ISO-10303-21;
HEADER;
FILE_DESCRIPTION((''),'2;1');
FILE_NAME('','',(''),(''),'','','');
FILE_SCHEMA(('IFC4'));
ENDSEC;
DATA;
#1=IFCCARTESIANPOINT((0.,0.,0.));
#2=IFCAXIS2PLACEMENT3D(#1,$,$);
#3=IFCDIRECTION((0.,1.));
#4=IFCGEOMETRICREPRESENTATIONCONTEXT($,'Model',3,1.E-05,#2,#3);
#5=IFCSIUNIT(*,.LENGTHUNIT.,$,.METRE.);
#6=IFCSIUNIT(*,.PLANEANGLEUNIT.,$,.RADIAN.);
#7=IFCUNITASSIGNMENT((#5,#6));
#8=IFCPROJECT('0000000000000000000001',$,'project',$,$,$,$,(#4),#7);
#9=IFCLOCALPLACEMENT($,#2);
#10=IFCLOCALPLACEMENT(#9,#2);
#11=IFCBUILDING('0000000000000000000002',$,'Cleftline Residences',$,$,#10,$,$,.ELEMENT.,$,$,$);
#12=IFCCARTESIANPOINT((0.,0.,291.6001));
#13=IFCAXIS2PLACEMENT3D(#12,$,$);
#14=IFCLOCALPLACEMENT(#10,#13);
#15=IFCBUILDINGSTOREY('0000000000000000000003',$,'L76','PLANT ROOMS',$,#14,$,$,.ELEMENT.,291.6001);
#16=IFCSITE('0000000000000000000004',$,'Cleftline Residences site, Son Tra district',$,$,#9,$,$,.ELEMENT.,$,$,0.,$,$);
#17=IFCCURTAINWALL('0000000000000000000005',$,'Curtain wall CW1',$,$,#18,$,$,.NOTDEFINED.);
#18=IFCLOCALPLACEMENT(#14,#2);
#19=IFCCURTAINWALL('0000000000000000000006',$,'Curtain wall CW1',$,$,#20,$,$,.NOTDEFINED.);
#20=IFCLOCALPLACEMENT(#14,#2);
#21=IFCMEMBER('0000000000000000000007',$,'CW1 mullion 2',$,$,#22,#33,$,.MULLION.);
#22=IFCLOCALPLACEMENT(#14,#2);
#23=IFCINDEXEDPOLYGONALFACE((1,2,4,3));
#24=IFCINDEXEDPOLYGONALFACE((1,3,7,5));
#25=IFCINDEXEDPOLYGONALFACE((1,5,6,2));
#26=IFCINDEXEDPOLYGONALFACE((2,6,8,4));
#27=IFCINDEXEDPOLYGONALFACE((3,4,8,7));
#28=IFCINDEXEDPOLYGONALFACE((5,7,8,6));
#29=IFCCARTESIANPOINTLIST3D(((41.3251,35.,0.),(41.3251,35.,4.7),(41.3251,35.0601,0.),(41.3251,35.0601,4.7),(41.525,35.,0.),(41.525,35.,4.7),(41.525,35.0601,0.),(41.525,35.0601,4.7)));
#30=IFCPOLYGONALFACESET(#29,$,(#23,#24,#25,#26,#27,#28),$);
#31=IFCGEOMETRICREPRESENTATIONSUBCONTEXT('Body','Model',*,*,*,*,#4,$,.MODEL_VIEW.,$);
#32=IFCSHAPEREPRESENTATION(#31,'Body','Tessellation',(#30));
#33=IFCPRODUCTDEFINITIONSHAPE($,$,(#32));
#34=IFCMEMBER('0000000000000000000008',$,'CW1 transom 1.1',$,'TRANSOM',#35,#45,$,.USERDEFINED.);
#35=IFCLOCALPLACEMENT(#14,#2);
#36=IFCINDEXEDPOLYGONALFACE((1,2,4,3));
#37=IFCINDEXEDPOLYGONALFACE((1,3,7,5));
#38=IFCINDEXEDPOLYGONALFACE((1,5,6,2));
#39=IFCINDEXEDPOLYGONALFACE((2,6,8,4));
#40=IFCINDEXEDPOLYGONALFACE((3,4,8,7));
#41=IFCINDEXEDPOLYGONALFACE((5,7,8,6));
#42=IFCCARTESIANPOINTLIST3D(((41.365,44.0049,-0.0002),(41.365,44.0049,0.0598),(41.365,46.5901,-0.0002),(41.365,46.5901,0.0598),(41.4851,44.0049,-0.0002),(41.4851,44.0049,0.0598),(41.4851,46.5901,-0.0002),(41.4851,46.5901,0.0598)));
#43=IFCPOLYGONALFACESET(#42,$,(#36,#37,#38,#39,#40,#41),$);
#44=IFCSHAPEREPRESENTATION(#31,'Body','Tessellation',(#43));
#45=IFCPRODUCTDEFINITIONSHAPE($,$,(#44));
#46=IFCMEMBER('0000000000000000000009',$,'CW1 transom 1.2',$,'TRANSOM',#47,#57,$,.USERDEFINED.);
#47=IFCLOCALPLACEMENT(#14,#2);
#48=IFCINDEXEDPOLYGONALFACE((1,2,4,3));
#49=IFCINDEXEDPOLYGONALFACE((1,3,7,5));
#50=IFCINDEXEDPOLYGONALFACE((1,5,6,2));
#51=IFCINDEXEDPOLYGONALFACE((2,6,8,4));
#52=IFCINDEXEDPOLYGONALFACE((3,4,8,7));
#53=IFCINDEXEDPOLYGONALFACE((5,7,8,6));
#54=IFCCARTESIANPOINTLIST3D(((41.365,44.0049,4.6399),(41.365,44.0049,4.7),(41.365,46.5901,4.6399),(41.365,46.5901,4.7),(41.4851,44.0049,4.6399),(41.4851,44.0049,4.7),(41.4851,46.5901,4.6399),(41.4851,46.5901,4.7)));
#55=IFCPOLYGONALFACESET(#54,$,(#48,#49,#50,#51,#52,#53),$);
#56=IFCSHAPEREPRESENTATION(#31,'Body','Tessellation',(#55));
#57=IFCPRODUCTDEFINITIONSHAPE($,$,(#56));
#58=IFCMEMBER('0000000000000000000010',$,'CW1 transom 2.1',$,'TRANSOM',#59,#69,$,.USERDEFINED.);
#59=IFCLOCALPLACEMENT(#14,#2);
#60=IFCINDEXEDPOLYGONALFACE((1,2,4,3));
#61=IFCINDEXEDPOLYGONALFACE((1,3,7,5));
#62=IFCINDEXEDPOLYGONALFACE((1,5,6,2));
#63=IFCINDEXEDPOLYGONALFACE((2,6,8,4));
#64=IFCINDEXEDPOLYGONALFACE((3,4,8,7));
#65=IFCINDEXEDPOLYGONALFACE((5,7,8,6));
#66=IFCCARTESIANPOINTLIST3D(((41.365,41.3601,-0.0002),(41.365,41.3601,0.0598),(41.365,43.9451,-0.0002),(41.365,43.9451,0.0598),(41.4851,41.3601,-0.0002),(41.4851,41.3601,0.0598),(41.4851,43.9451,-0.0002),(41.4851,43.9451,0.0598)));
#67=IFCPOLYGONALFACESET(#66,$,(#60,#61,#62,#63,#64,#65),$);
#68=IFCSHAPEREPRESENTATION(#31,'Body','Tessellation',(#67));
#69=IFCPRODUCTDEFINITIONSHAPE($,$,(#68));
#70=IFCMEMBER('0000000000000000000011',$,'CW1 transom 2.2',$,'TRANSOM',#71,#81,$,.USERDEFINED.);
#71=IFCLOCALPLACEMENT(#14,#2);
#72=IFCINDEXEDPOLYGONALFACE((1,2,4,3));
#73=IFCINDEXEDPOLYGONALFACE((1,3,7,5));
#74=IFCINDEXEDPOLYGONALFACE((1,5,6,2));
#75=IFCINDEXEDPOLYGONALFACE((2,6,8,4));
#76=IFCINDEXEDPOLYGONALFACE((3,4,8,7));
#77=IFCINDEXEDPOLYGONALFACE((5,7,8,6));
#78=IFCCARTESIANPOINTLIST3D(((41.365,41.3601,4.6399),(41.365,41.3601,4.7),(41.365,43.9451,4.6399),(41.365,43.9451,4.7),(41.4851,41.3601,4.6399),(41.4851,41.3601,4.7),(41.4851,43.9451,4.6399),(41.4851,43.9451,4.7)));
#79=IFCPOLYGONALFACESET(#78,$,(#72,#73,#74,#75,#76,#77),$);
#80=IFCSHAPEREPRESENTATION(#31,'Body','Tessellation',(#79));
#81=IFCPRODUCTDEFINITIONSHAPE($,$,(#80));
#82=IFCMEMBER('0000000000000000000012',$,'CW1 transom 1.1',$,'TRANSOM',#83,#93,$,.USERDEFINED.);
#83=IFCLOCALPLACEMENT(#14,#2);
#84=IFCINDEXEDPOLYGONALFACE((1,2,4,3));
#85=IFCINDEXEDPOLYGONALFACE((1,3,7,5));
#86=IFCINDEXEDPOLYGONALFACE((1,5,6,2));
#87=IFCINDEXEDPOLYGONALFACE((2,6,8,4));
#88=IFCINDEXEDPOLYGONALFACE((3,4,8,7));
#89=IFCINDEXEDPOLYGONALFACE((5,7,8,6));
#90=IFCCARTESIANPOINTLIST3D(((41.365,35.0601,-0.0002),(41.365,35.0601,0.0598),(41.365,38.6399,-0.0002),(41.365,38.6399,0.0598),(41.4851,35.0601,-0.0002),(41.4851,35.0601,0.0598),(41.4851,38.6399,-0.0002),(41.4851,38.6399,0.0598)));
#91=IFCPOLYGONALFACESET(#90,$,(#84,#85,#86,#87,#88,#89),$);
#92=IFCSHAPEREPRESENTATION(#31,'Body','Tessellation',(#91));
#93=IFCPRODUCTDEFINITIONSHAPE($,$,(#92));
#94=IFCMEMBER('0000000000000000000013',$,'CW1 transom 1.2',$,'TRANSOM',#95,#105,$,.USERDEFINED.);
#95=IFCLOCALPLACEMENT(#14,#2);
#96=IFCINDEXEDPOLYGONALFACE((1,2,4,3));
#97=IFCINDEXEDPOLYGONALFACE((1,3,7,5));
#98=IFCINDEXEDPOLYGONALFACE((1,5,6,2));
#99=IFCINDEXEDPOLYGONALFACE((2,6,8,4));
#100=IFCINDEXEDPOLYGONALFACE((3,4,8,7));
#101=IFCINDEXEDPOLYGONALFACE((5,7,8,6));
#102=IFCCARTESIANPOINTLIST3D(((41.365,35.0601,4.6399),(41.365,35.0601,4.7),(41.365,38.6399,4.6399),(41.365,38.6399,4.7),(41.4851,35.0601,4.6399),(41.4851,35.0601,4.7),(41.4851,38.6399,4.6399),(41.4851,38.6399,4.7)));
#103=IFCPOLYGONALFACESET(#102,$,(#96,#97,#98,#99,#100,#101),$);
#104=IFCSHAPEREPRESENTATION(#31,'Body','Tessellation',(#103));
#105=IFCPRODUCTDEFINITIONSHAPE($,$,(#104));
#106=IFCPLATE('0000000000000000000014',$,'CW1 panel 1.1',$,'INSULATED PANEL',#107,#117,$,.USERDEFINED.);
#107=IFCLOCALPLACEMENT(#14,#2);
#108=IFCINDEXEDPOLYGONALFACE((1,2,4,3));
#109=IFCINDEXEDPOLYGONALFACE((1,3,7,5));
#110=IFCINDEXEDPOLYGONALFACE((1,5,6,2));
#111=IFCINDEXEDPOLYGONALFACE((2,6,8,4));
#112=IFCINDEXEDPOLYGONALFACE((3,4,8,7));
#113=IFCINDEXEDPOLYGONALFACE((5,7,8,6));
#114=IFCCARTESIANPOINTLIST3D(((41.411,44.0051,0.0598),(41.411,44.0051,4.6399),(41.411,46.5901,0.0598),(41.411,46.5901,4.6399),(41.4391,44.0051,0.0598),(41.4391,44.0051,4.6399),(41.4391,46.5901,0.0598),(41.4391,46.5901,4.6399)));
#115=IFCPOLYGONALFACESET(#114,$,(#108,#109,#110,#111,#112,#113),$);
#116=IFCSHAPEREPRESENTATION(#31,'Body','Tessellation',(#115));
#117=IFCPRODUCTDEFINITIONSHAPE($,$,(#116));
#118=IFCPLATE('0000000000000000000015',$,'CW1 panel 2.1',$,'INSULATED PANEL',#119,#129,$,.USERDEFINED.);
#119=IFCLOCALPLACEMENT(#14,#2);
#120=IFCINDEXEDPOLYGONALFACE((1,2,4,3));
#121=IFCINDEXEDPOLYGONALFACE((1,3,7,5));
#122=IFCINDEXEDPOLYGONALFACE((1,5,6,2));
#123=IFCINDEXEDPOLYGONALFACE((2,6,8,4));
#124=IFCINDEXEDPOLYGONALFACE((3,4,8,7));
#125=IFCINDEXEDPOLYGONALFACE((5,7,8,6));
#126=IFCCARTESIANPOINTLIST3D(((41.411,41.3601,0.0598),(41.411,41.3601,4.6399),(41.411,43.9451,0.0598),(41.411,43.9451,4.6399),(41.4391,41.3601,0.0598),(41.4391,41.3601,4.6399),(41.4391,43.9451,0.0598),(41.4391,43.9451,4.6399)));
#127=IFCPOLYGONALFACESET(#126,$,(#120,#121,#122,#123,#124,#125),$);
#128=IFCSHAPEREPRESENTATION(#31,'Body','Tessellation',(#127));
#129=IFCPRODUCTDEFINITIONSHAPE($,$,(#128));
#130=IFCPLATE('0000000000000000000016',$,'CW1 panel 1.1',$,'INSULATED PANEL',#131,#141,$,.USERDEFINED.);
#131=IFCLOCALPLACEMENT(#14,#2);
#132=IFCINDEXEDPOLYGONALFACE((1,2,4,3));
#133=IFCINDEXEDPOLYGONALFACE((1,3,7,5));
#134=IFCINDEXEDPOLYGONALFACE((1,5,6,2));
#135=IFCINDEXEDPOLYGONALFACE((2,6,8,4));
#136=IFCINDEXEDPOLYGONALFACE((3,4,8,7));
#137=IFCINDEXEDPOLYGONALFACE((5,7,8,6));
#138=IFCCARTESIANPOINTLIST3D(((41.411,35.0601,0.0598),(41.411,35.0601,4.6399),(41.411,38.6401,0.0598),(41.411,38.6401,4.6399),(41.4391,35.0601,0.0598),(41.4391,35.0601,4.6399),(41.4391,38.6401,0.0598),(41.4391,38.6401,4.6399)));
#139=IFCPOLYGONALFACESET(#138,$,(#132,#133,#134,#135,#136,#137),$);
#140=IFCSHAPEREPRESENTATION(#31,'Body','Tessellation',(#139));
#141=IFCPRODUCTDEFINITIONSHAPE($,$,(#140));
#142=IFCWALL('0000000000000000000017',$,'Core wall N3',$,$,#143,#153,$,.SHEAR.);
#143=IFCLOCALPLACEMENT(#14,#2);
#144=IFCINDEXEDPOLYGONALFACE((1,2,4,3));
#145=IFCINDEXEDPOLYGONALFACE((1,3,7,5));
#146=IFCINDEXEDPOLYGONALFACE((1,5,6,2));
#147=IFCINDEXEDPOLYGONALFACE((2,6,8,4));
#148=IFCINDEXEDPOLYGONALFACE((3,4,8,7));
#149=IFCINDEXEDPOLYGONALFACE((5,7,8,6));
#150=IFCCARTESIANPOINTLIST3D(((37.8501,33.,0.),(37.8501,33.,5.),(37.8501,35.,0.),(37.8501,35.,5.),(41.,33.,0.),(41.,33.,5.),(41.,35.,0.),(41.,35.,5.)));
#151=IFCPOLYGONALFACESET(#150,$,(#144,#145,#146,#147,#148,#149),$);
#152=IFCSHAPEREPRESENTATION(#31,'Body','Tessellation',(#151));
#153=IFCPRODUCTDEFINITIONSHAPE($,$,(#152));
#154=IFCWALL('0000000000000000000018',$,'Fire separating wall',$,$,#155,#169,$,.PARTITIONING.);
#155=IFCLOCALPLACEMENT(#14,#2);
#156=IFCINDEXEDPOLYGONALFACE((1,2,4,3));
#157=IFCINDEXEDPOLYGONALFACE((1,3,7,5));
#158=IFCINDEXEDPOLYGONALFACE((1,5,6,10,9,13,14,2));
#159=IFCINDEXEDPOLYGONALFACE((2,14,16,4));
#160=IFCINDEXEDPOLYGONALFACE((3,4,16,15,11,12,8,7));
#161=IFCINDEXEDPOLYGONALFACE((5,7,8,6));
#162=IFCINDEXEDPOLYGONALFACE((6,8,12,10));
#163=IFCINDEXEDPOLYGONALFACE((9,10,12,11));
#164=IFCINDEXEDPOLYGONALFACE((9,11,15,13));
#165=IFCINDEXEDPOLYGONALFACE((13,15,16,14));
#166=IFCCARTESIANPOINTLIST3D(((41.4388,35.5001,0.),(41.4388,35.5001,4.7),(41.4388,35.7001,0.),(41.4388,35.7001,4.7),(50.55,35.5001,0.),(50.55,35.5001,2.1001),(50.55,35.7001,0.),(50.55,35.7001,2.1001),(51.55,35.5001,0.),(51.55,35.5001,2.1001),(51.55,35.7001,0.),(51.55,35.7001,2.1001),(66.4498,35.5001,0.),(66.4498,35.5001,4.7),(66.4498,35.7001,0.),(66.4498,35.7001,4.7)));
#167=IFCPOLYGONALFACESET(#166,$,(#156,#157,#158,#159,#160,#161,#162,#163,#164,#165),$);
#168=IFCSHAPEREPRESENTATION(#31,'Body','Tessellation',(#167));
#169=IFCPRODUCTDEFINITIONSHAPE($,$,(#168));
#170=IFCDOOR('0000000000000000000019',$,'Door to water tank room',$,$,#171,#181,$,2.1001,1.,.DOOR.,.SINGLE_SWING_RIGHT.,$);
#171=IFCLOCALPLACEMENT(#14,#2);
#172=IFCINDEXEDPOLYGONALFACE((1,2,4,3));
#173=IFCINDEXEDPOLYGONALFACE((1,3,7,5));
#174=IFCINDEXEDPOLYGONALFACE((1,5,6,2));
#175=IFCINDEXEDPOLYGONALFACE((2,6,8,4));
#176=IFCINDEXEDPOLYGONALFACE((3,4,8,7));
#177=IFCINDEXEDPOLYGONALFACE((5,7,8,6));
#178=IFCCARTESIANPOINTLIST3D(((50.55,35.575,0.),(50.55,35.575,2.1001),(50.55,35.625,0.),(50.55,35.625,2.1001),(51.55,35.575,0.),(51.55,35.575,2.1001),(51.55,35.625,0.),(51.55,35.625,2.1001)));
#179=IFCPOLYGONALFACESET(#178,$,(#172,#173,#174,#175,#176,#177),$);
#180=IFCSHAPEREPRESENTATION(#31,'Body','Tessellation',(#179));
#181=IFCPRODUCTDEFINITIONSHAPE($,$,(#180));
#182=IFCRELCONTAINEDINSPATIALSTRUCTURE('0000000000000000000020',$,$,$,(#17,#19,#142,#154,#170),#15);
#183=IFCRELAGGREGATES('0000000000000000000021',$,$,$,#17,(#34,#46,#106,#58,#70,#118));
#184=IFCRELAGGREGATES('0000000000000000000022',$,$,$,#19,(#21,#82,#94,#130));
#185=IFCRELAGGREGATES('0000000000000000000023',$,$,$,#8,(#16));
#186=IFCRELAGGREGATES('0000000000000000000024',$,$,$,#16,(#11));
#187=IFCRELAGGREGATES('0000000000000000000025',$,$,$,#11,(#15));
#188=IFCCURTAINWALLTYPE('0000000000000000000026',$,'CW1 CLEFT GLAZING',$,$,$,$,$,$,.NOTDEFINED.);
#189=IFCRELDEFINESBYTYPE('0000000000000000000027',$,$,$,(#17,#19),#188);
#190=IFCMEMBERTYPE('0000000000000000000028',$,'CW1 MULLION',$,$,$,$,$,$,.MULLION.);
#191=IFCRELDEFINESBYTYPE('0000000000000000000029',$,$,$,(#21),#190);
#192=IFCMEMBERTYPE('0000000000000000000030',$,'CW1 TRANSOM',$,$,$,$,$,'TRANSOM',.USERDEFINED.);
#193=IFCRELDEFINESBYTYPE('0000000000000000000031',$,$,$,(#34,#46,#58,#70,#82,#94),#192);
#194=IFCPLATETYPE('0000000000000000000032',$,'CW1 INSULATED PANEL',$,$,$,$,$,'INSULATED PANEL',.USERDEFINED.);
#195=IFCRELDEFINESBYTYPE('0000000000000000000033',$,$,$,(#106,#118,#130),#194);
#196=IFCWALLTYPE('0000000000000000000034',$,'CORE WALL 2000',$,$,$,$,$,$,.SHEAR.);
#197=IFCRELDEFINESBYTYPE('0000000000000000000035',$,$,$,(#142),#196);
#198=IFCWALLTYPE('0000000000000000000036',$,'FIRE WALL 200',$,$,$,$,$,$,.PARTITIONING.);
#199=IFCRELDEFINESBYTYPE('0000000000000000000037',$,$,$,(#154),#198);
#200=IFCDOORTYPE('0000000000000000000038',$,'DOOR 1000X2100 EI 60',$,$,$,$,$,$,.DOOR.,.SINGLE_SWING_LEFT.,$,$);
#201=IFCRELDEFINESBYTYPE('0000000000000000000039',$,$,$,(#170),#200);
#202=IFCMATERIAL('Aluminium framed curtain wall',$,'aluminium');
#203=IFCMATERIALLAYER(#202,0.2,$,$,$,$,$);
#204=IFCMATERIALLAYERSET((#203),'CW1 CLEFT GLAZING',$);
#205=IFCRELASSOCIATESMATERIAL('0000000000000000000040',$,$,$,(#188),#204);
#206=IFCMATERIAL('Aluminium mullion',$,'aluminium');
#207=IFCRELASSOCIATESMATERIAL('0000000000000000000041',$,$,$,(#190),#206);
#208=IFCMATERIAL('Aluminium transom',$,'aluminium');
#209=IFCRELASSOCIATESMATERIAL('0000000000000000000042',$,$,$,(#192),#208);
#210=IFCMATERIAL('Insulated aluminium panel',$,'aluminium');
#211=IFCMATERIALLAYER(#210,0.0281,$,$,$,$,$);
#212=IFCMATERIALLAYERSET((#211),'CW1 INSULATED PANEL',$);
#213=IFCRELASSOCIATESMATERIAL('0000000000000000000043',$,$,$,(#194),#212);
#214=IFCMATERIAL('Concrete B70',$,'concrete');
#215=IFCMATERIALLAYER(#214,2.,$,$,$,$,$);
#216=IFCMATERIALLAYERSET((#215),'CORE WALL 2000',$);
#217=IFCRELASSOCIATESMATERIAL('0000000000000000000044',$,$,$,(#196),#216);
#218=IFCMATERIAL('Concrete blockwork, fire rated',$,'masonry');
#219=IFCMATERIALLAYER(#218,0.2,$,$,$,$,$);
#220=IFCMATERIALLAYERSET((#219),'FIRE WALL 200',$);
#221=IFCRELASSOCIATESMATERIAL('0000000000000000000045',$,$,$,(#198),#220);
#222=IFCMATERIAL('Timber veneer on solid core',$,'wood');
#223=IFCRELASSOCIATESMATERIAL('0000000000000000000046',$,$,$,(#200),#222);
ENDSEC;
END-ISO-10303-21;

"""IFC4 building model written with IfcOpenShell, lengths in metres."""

from ifc_helpers import new_model, si_unit, direction, frame, frame_2d, origin, origin_2d, place, context, subcontext, project, spatial, rectangle, extrude, material, layer, layer_set, material_profile, profile_set, type_object, element, fill, aggregate, save


model = new_model("IFC4")

# Units and contexts
model_context = context("Model", 3, precision=1e-05, world=origin(), true_north=direction((0.0, 1.0)))
body_context = subcontext(model_context, "Body", "Model", "MODEL_VIEW")
ifc_project = project(units=[si_unit("LENGTHUNIT", "METRE"), si_unit("PLANEANGLEUNIT", "RADIAN")], contexts=[model_context])

# Site, building, storey
site_placement = place(None, origin())
site = spatial("IfcSite", under=ifc_project, at=site_placement, Name="Cleftline Residences site, Son Tra district", CompositionType="ELEMENT", RefElevation=0.0)
building_placement = place(site_placement, origin())
building = spatial("IfcBuilding", under=site, at=building_placement, Name="Cleftline Residences", CompositionType="ELEMENT")
storey_placement = place(building_placement, frame((0.0, 0.0, 291.6001)))
storey = spatial("IfcBuildingStorey", under=building, at=storey_placement, Name="L76", Description="PLANT ROOMS", CompositionType="ELEMENT", Elevation=291.6001)

# Curtain walls, member
ifc_material_1 = material(Name="Aluminium framed curtain wall", Category="aluminium")
ifc_layer_1 = layer(ifc_material_1, 0.2)
ifc_layer_set_1 = layer_set([ifc_layer_1], Name="CW1 CLEFT GLAZING")
curtain_wall_type = type_object("IfcCurtainWallType", Name="CW1 CLEFT GLAZING", PredefinedType="NOTDEFINED", material=ifc_layer_set_1)
curtain_wall_1_placement = place(storey_placement, origin())
curtain_wall_1 = element("IfcCurtainWall", 1, at=curtain_wall_1_placement, inside=storey, type_object=curtain_wall_type, Name="Curtain wall CW1", PredefinedType="NOTDEFINED")
ifc_material_2 = material(Name="Aluminium mullion", Category="aluminium")
ifc_material_profile_1 = material_profile(ifc_material_2, rectangle(XDim=0.2, YDim=0.0601, at=origin_2d()))
ifc_profile_set_1 = profile_set([ifc_material_profile_1], Name="Aluminium mullion")
member_type_1 = type_object("IfcMemberType", Name="CW1 MULLION", PredefinedType="MULLION", material=ifc_profile_set_1)
curtain_wall_2_placement = place(storey_placement, origin())
curtain_wall_2 = element("IfcCurtainWall", 2, at=curtain_wall_2_placement, inside=storey, type_object=curtain_wall_type, Name="Curtain wall CW1", PredefinedType="NOTDEFINED")
member_1_placement = place(storey_placement, frame((41.425, 35.03, 0.0), z_axis=(0.0, 0.0, 1.0), x_axis=(1.0, 0.0, 0.0)))
member_1 = element("IfcMember", 3, at=member_1_placement, type_object=member_type_1, Name="CW1 mullion 2", PredefinedType="MULLION", context=body_context, shape_type="SweptSolid", body=[
    extrude(rectangle(XDim=0.2, YDim=0.0601, at=origin_2d()), origin(), (0.0, 0.0, 1.0), 4.7),
])

# Members
ifc_material_3 = material(Name="Aluminium transom", Category="aluminium")
ifc_material_profile_2 = material_profile(ifc_material_3, rectangle(XDim=0.1201, YDim=0.0601, at=origin_2d()))
ifc_profile_set_2 = profile_set([ifc_material_profile_2], Name="Aluminium transom")
member_type_2 = type_object("IfcMemberType", Name="CW1 TRANSOM", ElementType="TRANSOM", PredefinedType="USERDEFINED", material=ifc_profile_set_2)
member_2_placement = place(storey_placement, frame((41.425, 46.5901, 0.0298), z_axis=(0.0, -1.0, 0.0), x_axis=(1.0, 0.0, 0.0)))
member_2 = element("IfcMember", 4, at=member_2_placement, type_object=member_type_2, Name="CW1 transom 1.1", ObjectType="TRANSOM", PredefinedType="USERDEFINED", context=body_context, shape_type="SweptSolid", body=[
    extrude(rectangle(XDim=0.1201, YDim=0.0601, at=origin_2d()), origin(), (0.0, 0.0, 1.0), 2.5852),
])
member_3_placement = place(storey_placement, frame((41.425, 46.5901, 4.6699), z_axis=(0.0, -1.0, 0.0), x_axis=(1.0, 0.0, 0.0)))
member_3 = element("IfcMember", 5, at=member_3_placement, type_object=member_type_2, Name="CW1 transom 1.2", ObjectType="TRANSOM", PredefinedType="USERDEFINED", context=body_context, shape_type="SweptSolid", body=[
    extrude(rectangle(XDim=0.1201, YDim=0.0601, at=origin_2d()), origin(), (0.0, 0.0, 1.0), 2.5852),
])
member_4_placement = place(storey_placement, frame((41.425, 43.9451, 0.0298), z_axis=(0.0, -1.0, 0.0), x_axis=(1.0, 0.0, 0.0)))
member_4 = element("IfcMember", 6, at=member_4_placement, type_object=member_type_2, Name="CW1 transom 2.1", ObjectType="TRANSOM", PredefinedType="USERDEFINED", context=body_context, shape_type="SweptSolid", body=[
    extrude(rectangle(XDim=0.1201, YDim=0.0601, at=origin_2d()), origin(), (0.0, 0.0, 1.0), 2.585),
])
member_5_placement = place(storey_placement, frame((41.425, 43.9451, 4.6699), z_axis=(0.0, -1.0, 0.0), x_axis=(1.0, 0.0, 0.0)))
member_5 = element("IfcMember", 7, at=member_5_placement, type_object=member_type_2, Name="CW1 transom 2.2", ObjectType="TRANSOM", PredefinedType="USERDEFINED", context=body_context, shape_type="SweptSolid", body=[
    extrude(rectangle(XDim=0.1201, YDim=0.0601, at=origin_2d()), origin(), (0.0, 0.0, 1.0), 2.585),
])
member_6_placement = place(storey_placement, frame((41.425, 38.6399, 0.0298), z_axis=(0.0, -1.0, 0.0), x_axis=(1.0, 0.0, 0.0)))
member_6 = element("IfcMember", 8, at=member_6_placement, type_object=member_type_2, Name="CW1 transom 1.1", ObjectType="TRANSOM", PredefinedType="USERDEFINED", context=body_context, shape_type="SweptSolid", body=[
    extrude(rectangle(XDim=0.1201, YDim=0.0601, at=origin_2d()), origin(), (0.0, 0.0, 1.0), 3.5798),
])
member_7_placement = place(storey_placement, frame((41.425, 38.6399, 4.6699), z_axis=(0.0, -1.0, 0.0), x_axis=(1.0, 0.0, 0.0)))
member_7 = element("IfcMember", 9, at=member_7_placement, type_object=member_type_2, Name="CW1 transom 1.2", ObjectType="TRANSOM", PredefinedType="USERDEFINED", context=body_context, shape_type="SweptSolid", body=[
    extrude(rectangle(XDim=0.1201, YDim=0.0601, at=origin_2d()), origin(), (0.0, 0.0, 1.0), 3.5798),
])

# Plates
ifc_material_4 = material(Name="Insulated aluminium panel", Category="aluminium")
ifc_layer_2 = layer(ifc_material_4, 0.0281)
ifc_layer_set_2 = layer_set([ifc_layer_2], Name="CW1 INSULATED PANEL")
plate_type = type_object("IfcPlateType", Name="CW1 INSULATED PANEL", ElementType="INSULATED PANEL", PredefinedType="USERDEFINED", material=ifc_layer_set_2)
plate_1_placement = place(storey_placement, frame((41.425, 45.2976, 0.0598), z_axis=(0.0, 0.0, 1.0), x_axis=(0.0, -1.0, 0.0)))
plate_1 = element("IfcPlate", 10, at=plate_1_placement, type_object=plate_type, Name="CW1 panel 1.1", ObjectType="INSULATED PANEL", PredefinedType="USERDEFINED", context=body_context, shape_type="SweptSolid", body=[
    extrude(rectangle(XDim=2.585, YDim=0.0281, at=origin_2d()), origin(), (0.0, 0.0, 1.0), 4.5801),
])
plate_2_placement = place(storey_placement, frame((41.425, 42.6526, 0.0598), z_axis=(0.0, 0.0, 1.0), x_axis=(0.0, -1.0, 0.0)))
plate_2 = element("IfcPlate", 11, at=plate_2_placement, type_object=plate_type, Name="CW1 panel 2.1", ObjectType="INSULATED PANEL", PredefinedType="USERDEFINED", context=body_context, shape_type="SweptSolid", body=[
    extrude(rectangle(XDim=2.585, YDim=0.0281, at=origin_2d()), origin(), (0.0, 0.0, 1.0), 4.5801),
])
aggregate(curtain_wall_1, [member_2, member_3, plate_1, member_4, member_5, plate_2])
plate_3_placement = place(storey_placement, frame((41.425, 36.8501, 0.0598), z_axis=(0.0, 0.0, 1.0), x_axis=(0.0, -1.0, 0.0)))
plate_3 = element("IfcPlate", 12, at=plate_3_placement, type_object=plate_type, Name="CW1 panel 1.1", ObjectType="INSULATED PANEL", PredefinedType="USERDEFINED", context=body_context, shape_type="SweptSolid", body=[
    extrude(rectangle(XDim=3.5801, YDim=0.0281, at=origin_2d()), origin(), (0.0, 0.0, 1.0), 4.5801),
])
aggregate(curtain_wall_2, [member_1, member_6, member_7, plate_3])

# Wall
ifc_material_5 = material(Name="Concrete B70", Category="concrete")
ifc_layer_3 = layer(ifc_material_5, 2.0)
ifc_layer_set_3 = layer_set([ifc_layer_3], Name="CORE WALL 2000")
wall_type_1 = type_object("IfcWallType", Name="CORE WALL 2000", PredefinedType="SHEAR", material=ifc_layer_set_3)
wall_1_placement = place(storey_placement, frame((37.8501, 34.0, 0.0), z_axis=(0.0, 0.0, 1.0), x_axis=(1.0, 0.0, 0.0)))
element("IfcWall", 13, at=wall_1_placement, inside=storey, type_object=wall_type_1, Name="Core wall N3", PredefinedType="SHEAR", context=body_context, shape_type="SweptSolid", body=[
    extrude(rectangle(XDim=3.1499, YDim=2.0, at=frame_2d((1.575, 0.0))), origin(), (0.0, 0.0, 1.0), 5.0),
])

# Wall, opening, door
ifc_material_6 = material(Name="Concrete blockwork, fire rated", Category="masonry")
ifc_layer_4 = layer(ifc_material_6, 0.2)
ifc_layer_set_4 = layer_set([ifc_layer_4], Name="FIRE WALL 200")
wall_type_2 = type_object("IfcWallType", Name="FIRE WALL 200", PredefinedType="PARTITIONING", material=ifc_layer_set_4)
wall_2_placement = place(storey_placement, frame((41.439, 35.6001, 0.0), z_axis=(0.0, 0.0, 1.0), x_axis=(1.0, 0.0, 0.0)))
wall_2 = element("IfcWall", 14, at=wall_2_placement, inside=storey, type_object=wall_type_2, Name="Fire separating wall", PredefinedType="PARTITIONING", context=body_context, shape_type="SweptSolid", body=[
    extrude(rectangle(XDim=25.011, YDim=0.2, at=frame_2d((12.5054, 0.0))), origin(), (0.0, 0.0, 1.0), 4.7),
])
opening_placement = place(wall_2_placement, frame((9.1111, 0.0, 0.0)))
opening = element("IfcOpeningElement", 15, at=opening_placement, cuts=wall_2, PredefinedType="OPENING", context=body_context, shape_type="SweptSolid", body=[
    extrude(rectangle(XDim=1.0, YDim=2.1001, at=frame_2d((0.5, 1.05))), frame((0.0, 0.1099, 0.0), z_axis=(0.0, -1.0, 0.0), x_axis=(1.0, 0.0, 0.0)), (0.0, 0.0, 1.0), 0.22),
])
ifc_material_7 = material(Name="Timber veneer on solid core", Category="wood")
door_type = type_object("IfcDoorType", Name="DOOR 1000X2100 EI 60", OperationType="SINGLE_SWING_LEFT", PredefinedType="DOOR", material=ifc_material_7)
door_placement = place(opening_placement, origin())
door = element("IfcDoor", 16, at=door_placement, inside=storey, type_object=door_type, Name="Door to water tank room", OperationType="SINGLE_SWING_RIGHT", OverallHeight=2.1001, OverallWidth=1.0, PredefinedType="DOOR", context=body_context, shape_type="SweptSolid", body=[
    extrude(rectangle(XDim=1.0, YDim=2.1001, at=frame_2d((0.5, 1.05))), frame((0.0, 0.0249, 0.0), z_axis=(0.0, -1.0, 0.0), x_axis=(1.0, 0.0, 0.0)), (0.0, 0.0, 1.0), 0.05),
])
fill(opening, door)

save(model, "model.ifc")
